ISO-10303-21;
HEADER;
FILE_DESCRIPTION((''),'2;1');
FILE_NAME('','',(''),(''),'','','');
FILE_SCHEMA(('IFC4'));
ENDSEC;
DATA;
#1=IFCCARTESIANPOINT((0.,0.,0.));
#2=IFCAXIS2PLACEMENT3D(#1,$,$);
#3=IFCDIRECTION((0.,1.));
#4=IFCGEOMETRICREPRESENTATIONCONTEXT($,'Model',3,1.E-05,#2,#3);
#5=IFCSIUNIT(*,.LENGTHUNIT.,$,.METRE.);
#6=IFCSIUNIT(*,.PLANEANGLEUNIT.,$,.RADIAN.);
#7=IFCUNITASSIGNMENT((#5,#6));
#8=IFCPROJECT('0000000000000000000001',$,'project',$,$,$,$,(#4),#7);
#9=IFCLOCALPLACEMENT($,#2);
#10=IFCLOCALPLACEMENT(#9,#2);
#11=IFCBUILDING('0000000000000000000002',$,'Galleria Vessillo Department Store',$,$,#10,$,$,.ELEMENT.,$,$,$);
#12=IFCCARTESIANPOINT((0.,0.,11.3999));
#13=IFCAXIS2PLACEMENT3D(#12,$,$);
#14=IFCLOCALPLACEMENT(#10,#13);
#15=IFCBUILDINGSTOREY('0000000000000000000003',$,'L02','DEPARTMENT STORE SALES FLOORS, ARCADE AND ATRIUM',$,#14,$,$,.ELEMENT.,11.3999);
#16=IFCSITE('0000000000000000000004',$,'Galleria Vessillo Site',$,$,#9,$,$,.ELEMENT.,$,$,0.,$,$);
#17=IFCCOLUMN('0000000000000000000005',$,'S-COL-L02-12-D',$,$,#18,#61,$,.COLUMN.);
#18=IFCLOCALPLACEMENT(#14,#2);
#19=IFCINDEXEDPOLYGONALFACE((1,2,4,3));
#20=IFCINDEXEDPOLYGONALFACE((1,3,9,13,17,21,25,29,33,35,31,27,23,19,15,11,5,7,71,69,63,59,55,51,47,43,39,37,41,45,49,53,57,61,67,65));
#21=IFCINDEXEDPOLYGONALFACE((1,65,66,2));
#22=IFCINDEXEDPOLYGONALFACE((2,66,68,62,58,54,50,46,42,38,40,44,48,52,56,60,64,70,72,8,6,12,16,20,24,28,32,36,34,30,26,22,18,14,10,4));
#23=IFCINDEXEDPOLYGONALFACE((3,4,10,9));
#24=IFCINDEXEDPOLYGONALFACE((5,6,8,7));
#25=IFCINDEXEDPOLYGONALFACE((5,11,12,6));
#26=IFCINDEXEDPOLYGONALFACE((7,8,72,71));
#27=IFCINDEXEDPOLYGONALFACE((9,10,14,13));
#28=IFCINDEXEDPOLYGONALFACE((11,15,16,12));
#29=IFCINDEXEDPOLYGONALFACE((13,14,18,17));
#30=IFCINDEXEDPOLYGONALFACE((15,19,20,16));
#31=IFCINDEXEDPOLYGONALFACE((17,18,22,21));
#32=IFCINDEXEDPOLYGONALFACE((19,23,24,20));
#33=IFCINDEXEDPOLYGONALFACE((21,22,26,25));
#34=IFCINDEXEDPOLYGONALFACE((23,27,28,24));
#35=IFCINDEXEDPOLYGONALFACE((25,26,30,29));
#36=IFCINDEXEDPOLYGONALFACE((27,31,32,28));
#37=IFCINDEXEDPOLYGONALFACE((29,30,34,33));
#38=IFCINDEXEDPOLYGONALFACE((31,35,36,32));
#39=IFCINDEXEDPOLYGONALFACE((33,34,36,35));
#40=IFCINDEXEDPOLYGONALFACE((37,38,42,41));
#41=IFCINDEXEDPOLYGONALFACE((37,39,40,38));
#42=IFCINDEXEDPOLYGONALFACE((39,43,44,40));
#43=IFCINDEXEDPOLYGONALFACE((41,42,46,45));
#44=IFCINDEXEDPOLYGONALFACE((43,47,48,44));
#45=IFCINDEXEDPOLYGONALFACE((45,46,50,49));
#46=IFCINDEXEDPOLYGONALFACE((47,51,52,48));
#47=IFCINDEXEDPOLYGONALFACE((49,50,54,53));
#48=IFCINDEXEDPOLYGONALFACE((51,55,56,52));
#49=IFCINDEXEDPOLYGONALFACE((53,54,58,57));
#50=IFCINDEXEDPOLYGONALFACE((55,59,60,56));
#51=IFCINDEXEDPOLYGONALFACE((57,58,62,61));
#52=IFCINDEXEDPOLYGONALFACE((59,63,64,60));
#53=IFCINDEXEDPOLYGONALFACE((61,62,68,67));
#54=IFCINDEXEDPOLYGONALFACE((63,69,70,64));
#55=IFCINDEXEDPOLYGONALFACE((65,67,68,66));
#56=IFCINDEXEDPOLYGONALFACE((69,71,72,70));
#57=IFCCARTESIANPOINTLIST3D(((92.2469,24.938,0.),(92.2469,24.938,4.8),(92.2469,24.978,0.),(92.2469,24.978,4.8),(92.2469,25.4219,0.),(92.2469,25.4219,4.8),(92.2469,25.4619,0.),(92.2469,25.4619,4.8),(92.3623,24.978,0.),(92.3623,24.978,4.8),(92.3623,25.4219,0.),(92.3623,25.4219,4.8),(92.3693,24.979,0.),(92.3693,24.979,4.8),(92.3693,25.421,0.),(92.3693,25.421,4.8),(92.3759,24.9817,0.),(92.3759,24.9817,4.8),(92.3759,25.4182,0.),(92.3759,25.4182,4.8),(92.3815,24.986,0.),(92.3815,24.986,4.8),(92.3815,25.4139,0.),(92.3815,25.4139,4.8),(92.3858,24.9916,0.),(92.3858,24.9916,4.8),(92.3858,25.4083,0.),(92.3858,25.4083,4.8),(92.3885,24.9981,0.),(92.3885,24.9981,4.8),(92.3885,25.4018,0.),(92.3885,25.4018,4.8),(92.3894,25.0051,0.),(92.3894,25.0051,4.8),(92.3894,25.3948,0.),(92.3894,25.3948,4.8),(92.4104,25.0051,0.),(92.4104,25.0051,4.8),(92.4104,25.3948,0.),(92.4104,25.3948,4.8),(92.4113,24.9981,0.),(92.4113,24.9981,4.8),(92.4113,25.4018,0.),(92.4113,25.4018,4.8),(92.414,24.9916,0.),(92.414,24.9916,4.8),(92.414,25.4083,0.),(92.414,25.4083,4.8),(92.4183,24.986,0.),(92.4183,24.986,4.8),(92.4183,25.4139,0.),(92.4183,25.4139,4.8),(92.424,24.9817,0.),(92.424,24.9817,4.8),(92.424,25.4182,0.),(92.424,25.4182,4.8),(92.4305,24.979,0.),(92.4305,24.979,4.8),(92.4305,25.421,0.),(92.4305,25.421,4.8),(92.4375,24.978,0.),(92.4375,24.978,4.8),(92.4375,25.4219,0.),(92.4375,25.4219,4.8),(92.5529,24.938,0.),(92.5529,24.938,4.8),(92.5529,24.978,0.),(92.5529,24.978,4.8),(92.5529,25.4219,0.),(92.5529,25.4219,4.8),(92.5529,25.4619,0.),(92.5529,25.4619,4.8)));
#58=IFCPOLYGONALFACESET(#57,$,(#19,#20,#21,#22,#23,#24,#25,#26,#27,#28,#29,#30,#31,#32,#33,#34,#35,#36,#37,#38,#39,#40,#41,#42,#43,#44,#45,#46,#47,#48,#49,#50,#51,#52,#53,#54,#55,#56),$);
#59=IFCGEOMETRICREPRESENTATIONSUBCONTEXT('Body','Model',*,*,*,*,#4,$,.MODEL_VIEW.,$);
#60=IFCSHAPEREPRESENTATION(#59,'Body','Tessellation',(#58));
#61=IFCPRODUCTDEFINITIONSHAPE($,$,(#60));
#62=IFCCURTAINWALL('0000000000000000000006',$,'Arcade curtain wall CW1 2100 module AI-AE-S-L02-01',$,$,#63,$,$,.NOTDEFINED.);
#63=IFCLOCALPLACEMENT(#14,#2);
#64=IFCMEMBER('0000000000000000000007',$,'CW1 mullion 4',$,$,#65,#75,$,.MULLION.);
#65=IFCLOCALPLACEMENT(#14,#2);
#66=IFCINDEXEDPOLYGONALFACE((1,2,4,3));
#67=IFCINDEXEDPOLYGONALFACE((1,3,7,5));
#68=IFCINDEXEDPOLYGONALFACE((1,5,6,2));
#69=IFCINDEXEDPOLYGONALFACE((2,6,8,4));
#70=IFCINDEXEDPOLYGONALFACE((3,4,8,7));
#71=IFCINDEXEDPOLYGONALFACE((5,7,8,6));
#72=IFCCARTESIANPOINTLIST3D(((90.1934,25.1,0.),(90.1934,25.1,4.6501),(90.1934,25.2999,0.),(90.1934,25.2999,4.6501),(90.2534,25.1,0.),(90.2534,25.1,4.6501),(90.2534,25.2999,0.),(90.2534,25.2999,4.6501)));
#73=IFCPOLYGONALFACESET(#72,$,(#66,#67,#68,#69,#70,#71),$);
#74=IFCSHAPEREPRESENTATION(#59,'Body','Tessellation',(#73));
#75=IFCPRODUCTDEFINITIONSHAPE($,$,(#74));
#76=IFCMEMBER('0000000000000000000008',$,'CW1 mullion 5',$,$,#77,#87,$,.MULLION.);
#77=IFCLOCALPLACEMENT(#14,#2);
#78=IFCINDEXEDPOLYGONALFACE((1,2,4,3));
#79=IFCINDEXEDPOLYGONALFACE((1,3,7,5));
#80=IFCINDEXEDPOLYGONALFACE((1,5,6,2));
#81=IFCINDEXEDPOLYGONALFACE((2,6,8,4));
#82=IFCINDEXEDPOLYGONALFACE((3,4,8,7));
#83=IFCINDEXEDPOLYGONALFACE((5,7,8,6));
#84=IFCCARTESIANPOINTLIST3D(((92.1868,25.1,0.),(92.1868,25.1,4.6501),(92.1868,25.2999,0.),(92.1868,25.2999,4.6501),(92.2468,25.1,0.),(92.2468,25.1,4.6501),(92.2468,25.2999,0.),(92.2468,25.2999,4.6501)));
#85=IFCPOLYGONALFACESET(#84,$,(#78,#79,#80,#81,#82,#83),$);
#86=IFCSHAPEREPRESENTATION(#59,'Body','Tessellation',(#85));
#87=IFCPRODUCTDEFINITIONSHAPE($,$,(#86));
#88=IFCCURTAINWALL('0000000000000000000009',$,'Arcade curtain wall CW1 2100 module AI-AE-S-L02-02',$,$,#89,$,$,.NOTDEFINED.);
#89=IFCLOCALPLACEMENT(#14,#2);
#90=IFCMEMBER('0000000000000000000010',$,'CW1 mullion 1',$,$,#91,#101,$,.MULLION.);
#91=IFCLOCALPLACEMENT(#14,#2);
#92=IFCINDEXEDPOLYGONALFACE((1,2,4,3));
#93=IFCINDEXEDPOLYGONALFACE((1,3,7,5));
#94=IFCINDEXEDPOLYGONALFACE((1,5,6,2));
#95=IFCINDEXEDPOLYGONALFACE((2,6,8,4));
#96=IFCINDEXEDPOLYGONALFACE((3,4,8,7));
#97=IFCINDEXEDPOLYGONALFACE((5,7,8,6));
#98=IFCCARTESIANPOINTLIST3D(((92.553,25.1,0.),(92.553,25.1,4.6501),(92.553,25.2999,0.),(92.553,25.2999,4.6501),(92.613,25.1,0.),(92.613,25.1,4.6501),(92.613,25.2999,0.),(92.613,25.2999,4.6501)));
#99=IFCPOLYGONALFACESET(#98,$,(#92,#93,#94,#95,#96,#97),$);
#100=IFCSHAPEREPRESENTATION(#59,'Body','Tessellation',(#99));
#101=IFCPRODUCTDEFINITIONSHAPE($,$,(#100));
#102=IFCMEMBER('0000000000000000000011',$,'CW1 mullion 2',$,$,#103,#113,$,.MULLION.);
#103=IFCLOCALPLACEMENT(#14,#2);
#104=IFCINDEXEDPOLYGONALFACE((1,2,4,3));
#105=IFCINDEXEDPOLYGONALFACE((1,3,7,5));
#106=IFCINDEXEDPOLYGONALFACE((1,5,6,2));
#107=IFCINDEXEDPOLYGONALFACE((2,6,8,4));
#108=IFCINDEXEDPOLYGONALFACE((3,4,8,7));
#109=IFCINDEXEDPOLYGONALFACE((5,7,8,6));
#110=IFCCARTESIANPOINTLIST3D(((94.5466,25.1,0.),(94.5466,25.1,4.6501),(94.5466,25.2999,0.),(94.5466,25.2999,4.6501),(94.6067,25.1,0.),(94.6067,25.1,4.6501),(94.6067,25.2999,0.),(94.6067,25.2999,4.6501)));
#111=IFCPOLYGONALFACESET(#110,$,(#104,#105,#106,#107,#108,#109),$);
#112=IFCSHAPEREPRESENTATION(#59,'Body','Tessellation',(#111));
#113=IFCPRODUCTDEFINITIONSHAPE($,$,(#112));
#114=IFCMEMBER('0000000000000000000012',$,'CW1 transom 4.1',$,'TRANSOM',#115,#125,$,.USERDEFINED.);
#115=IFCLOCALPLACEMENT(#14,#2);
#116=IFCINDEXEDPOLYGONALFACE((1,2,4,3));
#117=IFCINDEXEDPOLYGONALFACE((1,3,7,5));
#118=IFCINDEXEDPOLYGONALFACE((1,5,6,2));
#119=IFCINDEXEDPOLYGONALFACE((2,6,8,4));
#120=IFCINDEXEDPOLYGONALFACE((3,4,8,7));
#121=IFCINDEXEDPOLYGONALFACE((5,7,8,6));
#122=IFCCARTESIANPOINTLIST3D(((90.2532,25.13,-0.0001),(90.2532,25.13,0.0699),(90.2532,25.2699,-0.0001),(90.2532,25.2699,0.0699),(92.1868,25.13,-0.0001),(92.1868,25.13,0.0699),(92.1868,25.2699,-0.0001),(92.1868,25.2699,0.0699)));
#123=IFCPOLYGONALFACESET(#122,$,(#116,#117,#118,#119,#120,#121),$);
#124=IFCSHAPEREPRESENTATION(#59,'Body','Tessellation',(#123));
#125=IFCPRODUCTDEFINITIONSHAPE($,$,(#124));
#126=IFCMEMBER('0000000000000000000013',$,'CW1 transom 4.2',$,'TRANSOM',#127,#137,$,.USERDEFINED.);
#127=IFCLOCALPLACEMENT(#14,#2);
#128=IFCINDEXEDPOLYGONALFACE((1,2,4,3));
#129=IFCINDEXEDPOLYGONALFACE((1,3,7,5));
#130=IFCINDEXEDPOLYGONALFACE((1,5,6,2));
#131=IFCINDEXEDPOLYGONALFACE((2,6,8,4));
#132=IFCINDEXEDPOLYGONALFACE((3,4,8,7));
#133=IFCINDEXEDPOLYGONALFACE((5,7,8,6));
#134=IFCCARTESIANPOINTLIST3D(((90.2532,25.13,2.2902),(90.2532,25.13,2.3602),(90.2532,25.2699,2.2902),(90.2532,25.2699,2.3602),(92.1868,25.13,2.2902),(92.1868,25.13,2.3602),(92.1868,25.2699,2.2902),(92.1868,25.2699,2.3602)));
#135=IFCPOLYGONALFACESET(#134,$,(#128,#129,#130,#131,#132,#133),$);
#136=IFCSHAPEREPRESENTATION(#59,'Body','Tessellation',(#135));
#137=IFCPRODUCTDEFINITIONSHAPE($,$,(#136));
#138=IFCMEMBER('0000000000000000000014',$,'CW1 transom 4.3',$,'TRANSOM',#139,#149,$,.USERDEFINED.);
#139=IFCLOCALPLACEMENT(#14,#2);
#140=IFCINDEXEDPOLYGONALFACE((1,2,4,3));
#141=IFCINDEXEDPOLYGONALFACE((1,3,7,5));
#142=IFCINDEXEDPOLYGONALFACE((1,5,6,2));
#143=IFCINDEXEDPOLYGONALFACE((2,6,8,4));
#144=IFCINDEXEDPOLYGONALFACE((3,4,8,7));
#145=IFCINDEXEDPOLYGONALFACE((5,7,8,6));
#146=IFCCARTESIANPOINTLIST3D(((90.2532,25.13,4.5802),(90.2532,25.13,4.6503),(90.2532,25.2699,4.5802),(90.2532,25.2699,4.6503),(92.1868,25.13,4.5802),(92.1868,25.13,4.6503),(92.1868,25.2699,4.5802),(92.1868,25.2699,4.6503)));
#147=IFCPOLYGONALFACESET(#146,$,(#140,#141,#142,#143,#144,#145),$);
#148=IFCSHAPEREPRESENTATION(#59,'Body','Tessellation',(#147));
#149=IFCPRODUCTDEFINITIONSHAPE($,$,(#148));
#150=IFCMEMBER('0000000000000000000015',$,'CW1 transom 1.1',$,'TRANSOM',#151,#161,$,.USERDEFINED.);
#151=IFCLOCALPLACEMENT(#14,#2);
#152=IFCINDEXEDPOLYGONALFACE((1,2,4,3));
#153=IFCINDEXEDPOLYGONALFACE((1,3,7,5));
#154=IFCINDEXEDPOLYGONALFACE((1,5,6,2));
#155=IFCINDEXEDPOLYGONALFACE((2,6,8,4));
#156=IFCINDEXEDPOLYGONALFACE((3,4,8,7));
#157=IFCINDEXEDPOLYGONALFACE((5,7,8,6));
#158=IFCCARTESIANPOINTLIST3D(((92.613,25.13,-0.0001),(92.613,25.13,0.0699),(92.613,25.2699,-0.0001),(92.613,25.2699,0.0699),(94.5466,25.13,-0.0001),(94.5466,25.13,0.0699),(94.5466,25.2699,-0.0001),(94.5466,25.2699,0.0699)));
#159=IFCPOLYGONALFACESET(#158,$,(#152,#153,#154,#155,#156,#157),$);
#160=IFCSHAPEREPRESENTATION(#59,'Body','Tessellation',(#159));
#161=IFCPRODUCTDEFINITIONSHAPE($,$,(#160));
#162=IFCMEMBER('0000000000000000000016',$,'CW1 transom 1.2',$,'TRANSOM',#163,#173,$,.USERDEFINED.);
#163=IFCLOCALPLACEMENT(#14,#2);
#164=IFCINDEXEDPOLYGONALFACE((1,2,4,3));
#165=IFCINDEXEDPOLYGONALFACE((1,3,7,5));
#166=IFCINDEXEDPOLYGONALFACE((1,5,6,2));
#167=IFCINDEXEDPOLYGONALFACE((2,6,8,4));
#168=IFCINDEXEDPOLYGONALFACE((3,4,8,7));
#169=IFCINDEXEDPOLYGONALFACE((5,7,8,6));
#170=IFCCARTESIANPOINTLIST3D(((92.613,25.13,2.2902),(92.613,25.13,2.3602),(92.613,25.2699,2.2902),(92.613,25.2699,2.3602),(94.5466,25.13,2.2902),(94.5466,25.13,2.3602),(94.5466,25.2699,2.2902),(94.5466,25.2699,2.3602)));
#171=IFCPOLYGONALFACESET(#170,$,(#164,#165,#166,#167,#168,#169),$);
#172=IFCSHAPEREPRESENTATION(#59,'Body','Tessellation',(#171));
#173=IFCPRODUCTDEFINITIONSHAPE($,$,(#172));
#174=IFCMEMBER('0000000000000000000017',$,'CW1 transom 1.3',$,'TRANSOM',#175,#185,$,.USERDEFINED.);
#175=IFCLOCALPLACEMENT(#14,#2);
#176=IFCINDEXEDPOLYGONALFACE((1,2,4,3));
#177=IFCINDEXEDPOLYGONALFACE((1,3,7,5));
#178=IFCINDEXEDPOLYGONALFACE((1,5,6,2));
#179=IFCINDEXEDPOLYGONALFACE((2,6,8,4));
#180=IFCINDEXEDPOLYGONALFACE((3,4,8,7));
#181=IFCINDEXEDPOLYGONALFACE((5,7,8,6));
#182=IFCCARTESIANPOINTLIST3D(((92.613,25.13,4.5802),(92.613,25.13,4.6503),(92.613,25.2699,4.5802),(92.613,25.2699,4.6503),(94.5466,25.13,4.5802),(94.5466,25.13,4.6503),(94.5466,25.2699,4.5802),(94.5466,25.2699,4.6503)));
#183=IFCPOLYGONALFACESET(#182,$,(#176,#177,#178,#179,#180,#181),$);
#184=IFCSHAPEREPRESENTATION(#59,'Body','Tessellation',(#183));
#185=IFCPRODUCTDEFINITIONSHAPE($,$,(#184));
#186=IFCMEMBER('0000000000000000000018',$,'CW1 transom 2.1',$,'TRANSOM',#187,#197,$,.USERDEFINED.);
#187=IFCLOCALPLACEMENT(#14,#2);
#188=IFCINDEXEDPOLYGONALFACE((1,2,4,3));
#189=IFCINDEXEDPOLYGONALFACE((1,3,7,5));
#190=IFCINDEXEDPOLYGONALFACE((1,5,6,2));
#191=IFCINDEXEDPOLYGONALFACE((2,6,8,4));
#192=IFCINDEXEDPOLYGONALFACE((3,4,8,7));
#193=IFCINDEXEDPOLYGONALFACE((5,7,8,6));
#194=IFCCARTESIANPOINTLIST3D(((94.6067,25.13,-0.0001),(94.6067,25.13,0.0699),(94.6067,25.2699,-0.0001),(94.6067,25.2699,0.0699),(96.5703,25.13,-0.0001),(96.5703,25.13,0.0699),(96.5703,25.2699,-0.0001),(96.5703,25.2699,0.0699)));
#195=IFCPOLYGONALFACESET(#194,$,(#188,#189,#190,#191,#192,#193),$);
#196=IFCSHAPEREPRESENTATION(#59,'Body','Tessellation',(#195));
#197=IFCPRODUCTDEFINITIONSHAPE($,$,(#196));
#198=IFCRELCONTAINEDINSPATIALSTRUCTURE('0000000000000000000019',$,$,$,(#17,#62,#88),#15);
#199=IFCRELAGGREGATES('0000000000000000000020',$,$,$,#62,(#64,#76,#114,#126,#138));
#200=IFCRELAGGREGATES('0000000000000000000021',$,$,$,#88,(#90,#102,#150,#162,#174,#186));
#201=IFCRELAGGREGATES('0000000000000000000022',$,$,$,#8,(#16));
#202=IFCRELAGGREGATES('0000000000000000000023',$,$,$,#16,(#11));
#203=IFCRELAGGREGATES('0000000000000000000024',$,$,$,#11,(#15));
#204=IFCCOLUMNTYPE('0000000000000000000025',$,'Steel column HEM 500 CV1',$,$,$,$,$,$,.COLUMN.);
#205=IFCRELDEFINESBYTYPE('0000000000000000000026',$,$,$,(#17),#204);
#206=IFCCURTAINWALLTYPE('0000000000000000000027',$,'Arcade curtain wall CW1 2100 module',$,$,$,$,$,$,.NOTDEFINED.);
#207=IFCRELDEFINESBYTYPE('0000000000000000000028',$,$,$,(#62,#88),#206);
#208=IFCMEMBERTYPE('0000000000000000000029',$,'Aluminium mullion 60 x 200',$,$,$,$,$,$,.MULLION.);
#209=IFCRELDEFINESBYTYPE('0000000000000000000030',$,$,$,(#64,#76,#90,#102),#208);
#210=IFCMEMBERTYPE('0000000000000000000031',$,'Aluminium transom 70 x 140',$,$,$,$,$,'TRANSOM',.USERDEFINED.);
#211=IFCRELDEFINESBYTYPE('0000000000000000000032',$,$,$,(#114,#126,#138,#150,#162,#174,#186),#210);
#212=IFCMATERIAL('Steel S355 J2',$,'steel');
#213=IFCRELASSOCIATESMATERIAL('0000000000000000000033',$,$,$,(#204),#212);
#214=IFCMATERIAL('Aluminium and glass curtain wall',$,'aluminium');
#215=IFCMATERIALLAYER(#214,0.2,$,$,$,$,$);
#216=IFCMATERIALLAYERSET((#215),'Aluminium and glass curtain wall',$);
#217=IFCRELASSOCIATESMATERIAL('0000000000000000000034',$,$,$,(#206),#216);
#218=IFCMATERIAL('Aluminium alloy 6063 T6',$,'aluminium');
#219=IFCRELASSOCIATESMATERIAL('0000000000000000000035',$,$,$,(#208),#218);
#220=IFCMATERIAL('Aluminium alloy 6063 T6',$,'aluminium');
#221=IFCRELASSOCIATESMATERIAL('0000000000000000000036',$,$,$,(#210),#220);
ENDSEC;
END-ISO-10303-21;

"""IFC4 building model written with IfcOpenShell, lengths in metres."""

from ifc_helpers import new_model, si_unit, direction, frame, origin, origin_2d, place, context, subcontext, project, spatial, rectangle, i_section, extrude, material, layer, layer_set, material_profile, profile_set, type_object, element, aggregate, save


model = new_model("IFC4")

# Units and contexts
model_context = context("Model", 3, precision=1e-05, world=origin(), true_north=direction((0.0, 1.0)))
body_context = subcontext(model_context, "Body", "Model", "MODEL_VIEW")
ifc_project = project(units=[si_unit("LENGTHUNIT", "METRE"), si_unit("PLANEANGLEUNIT", "RADIAN")], contexts=[model_context])

# Site, building, storey
site_placement = place(None, origin())
site = spatial("IfcSite", under=ifc_project, at=site_placement, Name="Galleria Vessillo Site", CompositionType="ELEMENT", RefElevation=0.0)
building_placement = place(site_placement, origin())
building = spatial("IfcBuilding", under=site, at=building_placement, Name="Galleria Vessillo Department Store", CompositionType="ELEMENT")
storey_placement = place(building_placement, frame((0.0, 0.0, 11.3999)))
storey = spatial("IfcBuildingStorey", under=building, at=storey_placement, Name="L02", Description="DEPARTMENT STORE SALES FLOORS, ARCADE AND ATRIUM", CompositionType="ELEMENT", Elevation=11.3999)

# Column
ifc_material_1 = material(Name="Steel S355 J2", Category="steel")
ifc_material_profile_1 = material_profile(ifc_material_1, i_section(OverallWidth=0.3059, OverallDepth=0.5239, WebThickness=0.021, FlangeThickness=0.04, FilletRadius=0.0271, at=origin_2d()), Name="HEM 500")
ifc_profile_set_1 = profile_set([ifc_material_profile_1], Name="Steel S355 J2")
column_type = type_object("IfcColumnType", Name="Steel column HEM 500 CV1", PredefinedType="COLUMN", material=ifc_profile_set_1)
column_placement = place(storey_placement, frame((92.3999, 25.2, 0.0), z_axis=(0.0, 0.0, 1.0), x_axis=(1.0, 0.0, 0.0)))
element("IfcColumn", 1, at=column_placement, inside=storey, type_object=column_type, Name="S-COL-L02-12-D", PredefinedType="COLUMN", context=body_context, shape_type="SweptSolid", body=[
    extrude(i_section(OverallWidth=0.3059, OverallDepth=0.5239, WebThickness=0.021, FlangeThickness=0.04, FilletRadius=0.0271, at=origin_2d()), origin(), (0.0, 0.0, 1.0), 4.8),
])

# Curtain walls, members
ifc_material_2 = material(Name="Aluminium and glass curtain wall", Category="aluminium")
ifc_layer_1 = layer(ifc_material_2, 0.2)
ifc_layer_set_1 = layer_set([ifc_layer_1], Name="Aluminium and glass curtain wall")
curtain_wall_type = type_object("IfcCurtainWallType", Name="Arcade curtain wall CW1 2100 module", PredefinedType="NOTDEFINED", material=ifc_layer_set_1)
curtain_wall_1_placement = place(storey_placement, origin())
curtain_wall_1 = element("IfcCurtainWall", 2, at=curtain_wall_1_placement, inside=storey, type_object=curtain_wall_type, Name="Arcade curtain wall CW1 2100 module AI-AE-S-L02-01", PredefinedType="NOTDEFINED")
ifc_material_3 = material(Name="Aluminium alloy 6063 T6", Category="aluminium")
ifc_material_profile_2 = material_profile(ifc_material_3, rectangle(XDim=0.2, YDim=0.0601, at=origin_2d()), Name="AL 60x200")
ifc_profile_set_2 = profile_set([ifc_material_profile_2], Name="Aluminium alloy 6063 T6")
member_type_1 = type_object("IfcMemberType", Name="Aluminium mullion 60 x 200", PredefinedType="MULLION", material=ifc_profile_set_2)
member_1_placement = place(storey_placement, frame((90.2234, 25.2, 0.0), z_axis=(0.0, 0.0, 1.0), x_axis=(0.0, 1.0, 0.0)))
member_1 = element("IfcMember", 3, at=member_1_placement, type_object=member_type_1, Name="CW1 mullion 4", PredefinedType="MULLION", context=body_context, shape_type="SweptSolid", body=[
    extrude(rectangle(XDim=0.2, YDim=0.0601, at=origin_2d()), origin(), (0.0, 0.0, 1.0), 4.6501),
])
member_2_placement = place(storey_placement, frame((92.2168, 25.2, 0.0), z_axis=(0.0, 0.0, 1.0), x_axis=(0.0, 1.0, 0.0)))
member_2 = element("IfcMember", 4, at=member_2_placement, type_object=member_type_1, Name="CW1 mullion 5", PredefinedType="MULLION", context=body_context, shape_type="SweptSolid", body=[
    extrude(rectangle(XDim=0.2, YDim=0.0601, at=origin_2d()), origin(), (0.0, 0.0, 1.0), 4.6501),
])
curtain_wall_2_placement = place(storey_placement, origin())
curtain_wall_2 = element("IfcCurtainWall", 5, at=curtain_wall_2_placement, inside=storey, type_object=curtain_wall_type, Name="Arcade curtain wall CW1 2100 module AI-AE-S-L02-02", PredefinedType="NOTDEFINED")
member_3_placement = place(storey_placement, frame((92.583, 25.2, 0.0), z_axis=(0.0, 0.0, 1.0), x_axis=(0.0, 1.0, 0.0)))
member_3 = element("IfcMember", 6, at=member_3_placement, type_object=member_type_1, Name="CW1 mullion 1", PredefinedType="MULLION", context=body_context, shape_type="SweptSolid", body=[
    extrude(rectangle(XDim=0.2, YDim=0.0601, at=origin_2d()), origin(), (0.0, 0.0, 1.0), 4.6501),
])
member_4_placement = place(storey_placement, frame((94.5767, 25.2, 0.0), z_axis=(0.0, 0.0, 1.0), x_axis=(0.0, 1.0, 0.0)))
member_4 = element("IfcMember", 7, at=member_4_placement, type_object=member_type_1, Name="CW1 mullion 2", PredefinedType="MULLION", context=body_context, shape_type="SweptSolid", body=[
    extrude(rectangle(XDim=0.2, YDim=0.0601, at=origin_2d()), origin(), (0.0, 0.0, 1.0), 4.6501),
])

# Members
ifc_material_4 = material(Name="Aluminium alloy 6063 T6", Category="aluminium")
ifc_material_profile_3 = material_profile(ifc_material_4, rectangle(XDim=0.1399, YDim=0.0701, at=origin_2d()), Name="AL 70x140")
ifc_profile_set_3 = profile_set([ifc_material_profile_3], Name="Aluminium alloy 6063 T6")
member_type_2 = type_object("IfcMemberType", Name="Aluminium transom 70 x 140", ElementType="TRANSOM", PredefinedType="USERDEFINED", material=ifc_profile_set_3)
member_5_placement = place(storey_placement, frame((90.2532, 25.2, 0.0349), z_axis=(1.0, 0.0, 0.0), x_axis=(0.0, 1.0, 0.0)))
member_5 = element("IfcMember", 8, at=member_5_placement, type_object=member_type_2, Name="CW1 transom 4.1", ObjectType="TRANSOM", PredefinedType="USERDEFINED", context=body_context, shape_type="SweptSolid", body=[
    extrude(rectangle(XDim=0.1399, YDim=0.0701, at=origin_2d()), origin(), (0.0, 0.0, 1.0), 1.9336),
])
member_6_placement = place(storey_placement, frame((90.2532, 25.2, 2.3252), z_axis=(1.0, 0.0, 0.0), x_axis=(0.0, 1.0, 0.0)))
member_6 = element("IfcMember", 9, at=member_6_placement, type_object=member_type_2, Name="CW1 transom 4.2", ObjectType="TRANSOM", PredefinedType="USERDEFINED", context=body_context, shape_type="SweptSolid", body=[
    extrude(rectangle(XDim=0.1399, YDim=0.0701, at=origin_2d()), origin(), (0.0, 0.0, 1.0), 1.9336),
])
member_7_placement = place(storey_placement, frame((90.2532, 25.2, 4.6152), z_axis=(1.0, 0.0, 0.0), x_axis=(0.0, 1.0, 0.0)))
member_7 = element("IfcMember", 10, at=member_7_placement, type_object=member_type_2, Name="CW1 transom 4.3", ObjectType="TRANSOM", PredefinedType="USERDEFINED", context=body_context, shape_type="SweptSolid", body=[
    extrude(rectangle(XDim=0.1399, YDim=0.0701, at=origin_2d()), origin(), (0.0, 0.0, 1.0), 1.9336),
])
member_8_placement = place(storey_placement, frame((92.613, 25.2, 0.0349), z_axis=(1.0, 0.0, 0.0), x_axis=(0.0, 1.0, 0.0)))
member_8 = element("IfcMember", 11, at=member_8_placement, type_object=member_type_2, Name="CW1 transom 1.1", ObjectType="TRANSOM", PredefinedType="USERDEFINED", context=body_context, shape_type="SweptSolid", body=[
    extrude(rectangle(XDim=0.1399, YDim=0.0701, at=origin_2d()), origin(), (0.0, 0.0, 1.0), 1.9336),
])
member_9_placement = place(storey_placement, frame((92.613, 25.2, 2.3252), z_axis=(1.0, 0.0, 0.0), x_axis=(0.0, 1.0, 0.0)))
member_9 = element("IfcMember", 12, at=member_9_placement, type_object=member_type_2, Name="CW1 transom 1.2", ObjectType="TRANSOM", PredefinedType="USERDEFINED", context=body_context, shape_type="SweptSolid", body=[
    extrude(rectangle(XDim=0.1399, YDim=0.0701, at=origin_2d()), origin(), (0.0, 0.0, 1.0), 1.9336),
])
member_10_placement = place(storey_placement, frame((92.613, 25.2, 4.6152), z_axis=(1.0, 0.0, 0.0), x_axis=(0.0, 1.0, 0.0)))
member_10 = element("IfcMember", 13, at=member_10_placement, type_object=member_type_2, Name="CW1 transom 1.3", ObjectType="TRANSOM", PredefinedType="USERDEFINED", context=body_context, shape_type="SweptSolid", body=[
    extrude(rectangle(XDim=0.1399, YDim=0.0701, at=origin_2d()), origin(), (0.0, 0.0, 1.0), 1.9336),
])
member_11_placement = place(storey_placement, frame((94.6067, 25.2, 0.0349), z_axis=(1.0, 0.0, 0.0), x_axis=(0.0, 1.0, 0.0)))
member_11 = element("IfcMember", 14, at=member_11_placement, type_object=member_type_2, Name="CW1 transom 2.1", ObjectType="TRANSOM", PredefinedType="USERDEFINED", context=body_context, shape_type="SweptSolid", body=[
    extrude(rectangle(XDim=0.1399, YDim=0.0701, at=origin_2d()), origin(), (0.0, 0.0, 1.0), 1.9636),
])

aggregate(curtain_wall_1, [member_1, member_2, member_5, member_6, member_7])
aggregate(curtain_wall_2, [member_3, member_4, member_8, member_9, member_10, member_11])

save(model, "model.ifc")
